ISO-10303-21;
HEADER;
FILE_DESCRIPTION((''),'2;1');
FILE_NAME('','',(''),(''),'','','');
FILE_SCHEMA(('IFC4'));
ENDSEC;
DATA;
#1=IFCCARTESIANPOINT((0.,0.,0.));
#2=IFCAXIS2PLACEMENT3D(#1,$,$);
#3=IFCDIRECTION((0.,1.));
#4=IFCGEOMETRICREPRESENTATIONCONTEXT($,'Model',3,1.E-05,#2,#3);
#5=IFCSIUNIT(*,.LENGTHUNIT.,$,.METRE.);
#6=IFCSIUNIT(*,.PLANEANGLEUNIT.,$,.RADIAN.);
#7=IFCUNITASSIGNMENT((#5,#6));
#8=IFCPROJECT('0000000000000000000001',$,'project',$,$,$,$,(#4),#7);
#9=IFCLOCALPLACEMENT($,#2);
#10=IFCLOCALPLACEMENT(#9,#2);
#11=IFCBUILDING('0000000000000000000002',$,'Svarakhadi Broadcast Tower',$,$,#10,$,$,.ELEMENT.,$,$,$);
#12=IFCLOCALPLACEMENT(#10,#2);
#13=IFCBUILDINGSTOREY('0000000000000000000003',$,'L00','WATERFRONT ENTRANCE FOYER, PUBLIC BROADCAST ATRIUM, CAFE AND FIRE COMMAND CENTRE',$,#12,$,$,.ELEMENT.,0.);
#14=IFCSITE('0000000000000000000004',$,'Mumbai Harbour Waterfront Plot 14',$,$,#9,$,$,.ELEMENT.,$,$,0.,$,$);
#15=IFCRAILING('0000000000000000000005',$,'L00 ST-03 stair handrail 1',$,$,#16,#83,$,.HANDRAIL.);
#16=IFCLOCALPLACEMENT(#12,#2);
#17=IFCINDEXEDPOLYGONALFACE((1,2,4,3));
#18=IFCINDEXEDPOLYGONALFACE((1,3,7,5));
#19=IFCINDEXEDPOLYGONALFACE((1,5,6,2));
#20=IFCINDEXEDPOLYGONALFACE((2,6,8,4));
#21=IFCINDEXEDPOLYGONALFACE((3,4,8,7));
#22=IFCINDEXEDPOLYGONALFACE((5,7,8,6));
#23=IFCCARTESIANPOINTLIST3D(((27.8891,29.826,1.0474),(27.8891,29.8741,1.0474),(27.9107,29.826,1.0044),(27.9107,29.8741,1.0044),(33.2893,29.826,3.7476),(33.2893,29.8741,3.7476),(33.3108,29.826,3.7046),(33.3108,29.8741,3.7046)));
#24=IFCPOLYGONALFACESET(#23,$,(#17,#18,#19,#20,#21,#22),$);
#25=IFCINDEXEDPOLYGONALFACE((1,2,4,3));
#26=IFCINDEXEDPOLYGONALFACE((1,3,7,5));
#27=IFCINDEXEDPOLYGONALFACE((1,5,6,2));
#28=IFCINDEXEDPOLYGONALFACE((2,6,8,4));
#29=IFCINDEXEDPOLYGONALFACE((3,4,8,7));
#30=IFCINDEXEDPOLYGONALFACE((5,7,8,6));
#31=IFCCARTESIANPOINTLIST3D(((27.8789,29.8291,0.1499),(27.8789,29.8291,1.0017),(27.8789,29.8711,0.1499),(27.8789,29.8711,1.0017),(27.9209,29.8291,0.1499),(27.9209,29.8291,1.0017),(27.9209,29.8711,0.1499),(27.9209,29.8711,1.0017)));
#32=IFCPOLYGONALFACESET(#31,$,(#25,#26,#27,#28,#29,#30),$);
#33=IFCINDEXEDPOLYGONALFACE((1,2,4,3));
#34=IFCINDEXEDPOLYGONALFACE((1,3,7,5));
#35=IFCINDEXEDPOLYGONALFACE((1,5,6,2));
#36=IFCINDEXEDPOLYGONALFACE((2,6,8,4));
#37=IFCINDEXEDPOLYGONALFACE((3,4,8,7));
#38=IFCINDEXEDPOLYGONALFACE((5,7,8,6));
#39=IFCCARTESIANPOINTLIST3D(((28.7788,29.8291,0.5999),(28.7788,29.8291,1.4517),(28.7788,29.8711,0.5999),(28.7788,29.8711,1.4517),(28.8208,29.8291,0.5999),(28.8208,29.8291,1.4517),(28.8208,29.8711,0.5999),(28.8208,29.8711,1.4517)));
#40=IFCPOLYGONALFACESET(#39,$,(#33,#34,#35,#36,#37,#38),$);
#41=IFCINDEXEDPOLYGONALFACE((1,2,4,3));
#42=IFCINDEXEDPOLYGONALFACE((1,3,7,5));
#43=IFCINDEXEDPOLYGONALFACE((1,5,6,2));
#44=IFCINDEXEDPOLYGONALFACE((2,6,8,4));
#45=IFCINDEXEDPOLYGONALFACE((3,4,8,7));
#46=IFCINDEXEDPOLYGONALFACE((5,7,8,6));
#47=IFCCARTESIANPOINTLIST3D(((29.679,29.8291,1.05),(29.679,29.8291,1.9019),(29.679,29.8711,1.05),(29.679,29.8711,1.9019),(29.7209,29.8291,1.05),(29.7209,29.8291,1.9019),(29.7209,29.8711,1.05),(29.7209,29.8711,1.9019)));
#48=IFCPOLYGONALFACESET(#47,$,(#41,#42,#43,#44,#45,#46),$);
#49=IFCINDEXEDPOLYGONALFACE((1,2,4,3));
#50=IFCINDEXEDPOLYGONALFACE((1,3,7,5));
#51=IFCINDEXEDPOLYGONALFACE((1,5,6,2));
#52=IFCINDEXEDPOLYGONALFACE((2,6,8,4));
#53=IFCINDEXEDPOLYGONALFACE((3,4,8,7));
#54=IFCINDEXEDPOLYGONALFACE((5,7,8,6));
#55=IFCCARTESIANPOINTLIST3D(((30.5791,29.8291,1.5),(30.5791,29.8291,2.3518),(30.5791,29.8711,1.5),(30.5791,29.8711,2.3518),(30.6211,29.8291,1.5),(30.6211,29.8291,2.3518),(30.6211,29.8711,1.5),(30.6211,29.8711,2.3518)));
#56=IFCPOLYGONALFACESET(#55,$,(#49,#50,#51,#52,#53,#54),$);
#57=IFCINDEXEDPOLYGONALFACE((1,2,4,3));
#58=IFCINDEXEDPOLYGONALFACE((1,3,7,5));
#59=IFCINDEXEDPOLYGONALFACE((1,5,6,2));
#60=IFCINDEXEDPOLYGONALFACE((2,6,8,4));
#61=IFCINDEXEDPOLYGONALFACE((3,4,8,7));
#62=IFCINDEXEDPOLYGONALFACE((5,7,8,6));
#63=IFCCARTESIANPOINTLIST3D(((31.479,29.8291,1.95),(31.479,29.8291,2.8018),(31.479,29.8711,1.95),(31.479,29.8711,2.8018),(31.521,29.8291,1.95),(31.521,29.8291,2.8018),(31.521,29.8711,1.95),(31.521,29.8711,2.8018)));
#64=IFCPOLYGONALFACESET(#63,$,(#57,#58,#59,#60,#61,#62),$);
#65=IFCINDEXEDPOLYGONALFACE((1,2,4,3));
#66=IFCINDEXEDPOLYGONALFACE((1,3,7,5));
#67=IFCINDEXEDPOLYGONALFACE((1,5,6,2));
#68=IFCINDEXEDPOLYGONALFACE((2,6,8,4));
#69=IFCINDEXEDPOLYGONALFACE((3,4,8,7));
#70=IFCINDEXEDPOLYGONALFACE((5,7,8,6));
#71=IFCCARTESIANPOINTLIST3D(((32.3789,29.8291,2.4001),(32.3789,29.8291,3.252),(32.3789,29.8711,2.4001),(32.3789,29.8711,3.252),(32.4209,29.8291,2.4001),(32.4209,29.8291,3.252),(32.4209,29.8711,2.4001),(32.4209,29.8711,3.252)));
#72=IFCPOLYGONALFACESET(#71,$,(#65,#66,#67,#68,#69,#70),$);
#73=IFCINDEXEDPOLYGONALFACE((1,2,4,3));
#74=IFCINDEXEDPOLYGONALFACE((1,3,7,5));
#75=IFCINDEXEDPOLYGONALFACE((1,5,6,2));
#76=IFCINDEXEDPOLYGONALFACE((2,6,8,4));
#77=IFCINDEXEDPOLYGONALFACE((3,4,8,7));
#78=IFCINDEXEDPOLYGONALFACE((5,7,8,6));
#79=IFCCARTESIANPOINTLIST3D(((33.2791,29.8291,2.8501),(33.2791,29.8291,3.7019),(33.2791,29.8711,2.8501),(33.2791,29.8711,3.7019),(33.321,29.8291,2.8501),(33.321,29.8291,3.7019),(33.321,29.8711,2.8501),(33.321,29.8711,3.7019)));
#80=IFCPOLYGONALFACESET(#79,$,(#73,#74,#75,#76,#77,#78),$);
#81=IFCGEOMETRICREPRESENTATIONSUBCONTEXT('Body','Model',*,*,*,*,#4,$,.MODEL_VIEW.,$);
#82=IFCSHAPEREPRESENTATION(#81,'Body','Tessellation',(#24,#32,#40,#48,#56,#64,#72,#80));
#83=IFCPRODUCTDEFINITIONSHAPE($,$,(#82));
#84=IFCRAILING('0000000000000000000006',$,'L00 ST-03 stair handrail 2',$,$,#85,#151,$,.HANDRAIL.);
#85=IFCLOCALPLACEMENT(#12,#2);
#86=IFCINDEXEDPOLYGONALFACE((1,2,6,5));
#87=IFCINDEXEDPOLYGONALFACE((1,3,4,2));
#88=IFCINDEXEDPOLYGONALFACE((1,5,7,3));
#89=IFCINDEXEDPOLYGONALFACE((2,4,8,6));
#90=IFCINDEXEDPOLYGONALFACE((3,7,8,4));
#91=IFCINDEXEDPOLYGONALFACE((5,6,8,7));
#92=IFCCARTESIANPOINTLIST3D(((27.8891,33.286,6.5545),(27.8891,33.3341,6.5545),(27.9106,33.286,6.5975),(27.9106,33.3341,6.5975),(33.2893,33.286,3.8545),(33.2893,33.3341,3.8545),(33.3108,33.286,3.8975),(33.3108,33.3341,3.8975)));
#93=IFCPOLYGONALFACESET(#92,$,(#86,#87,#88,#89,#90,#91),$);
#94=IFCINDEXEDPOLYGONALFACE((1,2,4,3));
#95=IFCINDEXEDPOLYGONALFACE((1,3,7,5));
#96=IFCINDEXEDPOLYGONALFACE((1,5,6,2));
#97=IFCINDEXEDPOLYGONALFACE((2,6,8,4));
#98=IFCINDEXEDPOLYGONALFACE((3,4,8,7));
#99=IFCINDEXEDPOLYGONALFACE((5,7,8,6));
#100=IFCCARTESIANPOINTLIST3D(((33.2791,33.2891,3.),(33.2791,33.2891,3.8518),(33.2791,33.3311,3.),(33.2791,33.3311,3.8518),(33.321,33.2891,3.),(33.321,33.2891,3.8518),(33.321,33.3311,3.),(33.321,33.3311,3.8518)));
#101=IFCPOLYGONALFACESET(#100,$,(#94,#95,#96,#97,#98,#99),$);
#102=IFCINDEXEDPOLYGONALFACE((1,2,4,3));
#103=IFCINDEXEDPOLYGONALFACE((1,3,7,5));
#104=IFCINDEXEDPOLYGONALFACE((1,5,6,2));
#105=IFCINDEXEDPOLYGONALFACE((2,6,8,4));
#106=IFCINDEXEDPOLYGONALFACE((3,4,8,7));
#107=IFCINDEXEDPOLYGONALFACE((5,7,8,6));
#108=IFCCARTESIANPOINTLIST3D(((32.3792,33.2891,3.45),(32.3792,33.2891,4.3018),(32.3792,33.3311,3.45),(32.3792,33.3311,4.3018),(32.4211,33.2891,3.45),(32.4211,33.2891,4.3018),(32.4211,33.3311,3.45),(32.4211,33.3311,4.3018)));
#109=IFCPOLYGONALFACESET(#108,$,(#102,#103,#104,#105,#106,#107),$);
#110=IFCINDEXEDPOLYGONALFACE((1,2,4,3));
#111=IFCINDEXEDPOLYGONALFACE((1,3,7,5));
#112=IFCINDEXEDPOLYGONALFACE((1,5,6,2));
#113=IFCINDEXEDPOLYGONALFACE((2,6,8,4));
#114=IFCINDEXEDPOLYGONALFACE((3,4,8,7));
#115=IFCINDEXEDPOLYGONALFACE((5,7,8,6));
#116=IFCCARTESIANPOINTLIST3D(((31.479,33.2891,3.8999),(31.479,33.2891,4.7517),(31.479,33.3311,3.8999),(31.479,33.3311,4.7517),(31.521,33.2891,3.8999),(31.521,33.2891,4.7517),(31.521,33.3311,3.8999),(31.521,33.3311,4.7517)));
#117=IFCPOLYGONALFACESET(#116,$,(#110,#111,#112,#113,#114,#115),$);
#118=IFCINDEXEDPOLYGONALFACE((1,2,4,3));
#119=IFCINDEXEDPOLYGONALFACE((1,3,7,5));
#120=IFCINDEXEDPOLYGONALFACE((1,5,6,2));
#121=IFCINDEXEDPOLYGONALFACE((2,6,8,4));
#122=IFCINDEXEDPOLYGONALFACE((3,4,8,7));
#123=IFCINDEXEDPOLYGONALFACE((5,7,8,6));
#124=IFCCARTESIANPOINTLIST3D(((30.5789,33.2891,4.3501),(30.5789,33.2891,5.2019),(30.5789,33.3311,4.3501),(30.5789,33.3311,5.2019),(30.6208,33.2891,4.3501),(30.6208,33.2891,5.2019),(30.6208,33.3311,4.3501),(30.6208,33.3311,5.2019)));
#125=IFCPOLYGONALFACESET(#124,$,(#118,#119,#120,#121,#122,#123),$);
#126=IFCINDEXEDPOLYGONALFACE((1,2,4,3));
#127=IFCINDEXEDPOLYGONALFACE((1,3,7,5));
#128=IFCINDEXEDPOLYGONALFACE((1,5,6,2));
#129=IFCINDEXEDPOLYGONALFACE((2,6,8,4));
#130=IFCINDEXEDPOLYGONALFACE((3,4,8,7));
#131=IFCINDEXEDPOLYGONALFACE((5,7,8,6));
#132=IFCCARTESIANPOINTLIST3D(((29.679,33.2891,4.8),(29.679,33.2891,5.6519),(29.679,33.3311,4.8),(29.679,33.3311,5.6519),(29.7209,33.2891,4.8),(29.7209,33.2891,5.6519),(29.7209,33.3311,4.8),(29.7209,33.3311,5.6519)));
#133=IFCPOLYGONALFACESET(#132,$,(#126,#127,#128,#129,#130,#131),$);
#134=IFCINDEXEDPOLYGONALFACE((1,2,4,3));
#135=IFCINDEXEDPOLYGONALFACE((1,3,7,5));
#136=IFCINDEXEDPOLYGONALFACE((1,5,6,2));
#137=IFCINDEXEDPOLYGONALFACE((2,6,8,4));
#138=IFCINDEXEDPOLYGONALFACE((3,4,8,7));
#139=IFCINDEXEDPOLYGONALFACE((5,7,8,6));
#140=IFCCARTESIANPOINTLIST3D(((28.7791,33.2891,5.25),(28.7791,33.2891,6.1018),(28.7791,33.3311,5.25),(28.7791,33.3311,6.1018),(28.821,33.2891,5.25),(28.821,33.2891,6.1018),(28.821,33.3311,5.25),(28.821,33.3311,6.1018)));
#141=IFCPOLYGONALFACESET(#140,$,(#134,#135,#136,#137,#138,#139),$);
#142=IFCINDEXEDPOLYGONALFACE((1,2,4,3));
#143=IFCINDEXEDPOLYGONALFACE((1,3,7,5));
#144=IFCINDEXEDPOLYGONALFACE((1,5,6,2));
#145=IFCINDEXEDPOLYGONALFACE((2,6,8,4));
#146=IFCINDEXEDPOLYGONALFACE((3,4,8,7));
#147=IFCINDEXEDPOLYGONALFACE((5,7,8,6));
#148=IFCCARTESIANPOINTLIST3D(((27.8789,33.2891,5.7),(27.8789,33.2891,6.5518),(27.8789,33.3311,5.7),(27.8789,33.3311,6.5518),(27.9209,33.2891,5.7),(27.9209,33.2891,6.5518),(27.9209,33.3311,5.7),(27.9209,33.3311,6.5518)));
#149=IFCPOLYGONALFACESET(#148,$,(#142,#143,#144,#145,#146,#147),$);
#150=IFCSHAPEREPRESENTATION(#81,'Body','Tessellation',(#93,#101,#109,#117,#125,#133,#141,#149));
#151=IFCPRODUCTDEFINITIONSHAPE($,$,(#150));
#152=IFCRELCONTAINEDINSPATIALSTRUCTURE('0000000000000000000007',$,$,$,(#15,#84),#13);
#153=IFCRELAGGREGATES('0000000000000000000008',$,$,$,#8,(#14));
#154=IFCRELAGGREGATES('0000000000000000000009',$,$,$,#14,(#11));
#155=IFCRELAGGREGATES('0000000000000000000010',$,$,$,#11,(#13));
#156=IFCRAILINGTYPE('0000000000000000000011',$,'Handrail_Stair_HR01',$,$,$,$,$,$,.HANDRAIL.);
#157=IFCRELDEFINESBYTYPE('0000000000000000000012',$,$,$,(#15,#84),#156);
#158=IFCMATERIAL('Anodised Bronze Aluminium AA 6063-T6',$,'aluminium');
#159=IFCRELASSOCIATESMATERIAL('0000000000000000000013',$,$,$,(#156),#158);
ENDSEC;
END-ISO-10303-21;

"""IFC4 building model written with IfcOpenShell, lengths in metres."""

from ifc_helpers import new_model, si_unit, direction, frame, origin, origin_2d, place, context, subcontext, project, spatial, rectangle, extrude, material, type_object, element, save


model = new_model("IFC4")

# Units and contexts
model_context = context("Model", 3, precision=1e-05, world=origin(), true_north=direction((0.0, 1.0)))
body_context = subcontext(model_context, "Body", "Model", "MODEL_VIEW")
ifc_project = project(units=[si_unit("LENGTHUNIT", "METRE"), si_unit("PLANEANGLEUNIT", "RADIAN")], contexts=[model_context])

# Site, building, storey
site_placement = place(None, origin())
site = spatial("IfcSite", under=ifc_project, at=site_placement, Name="Mumbai Harbour Waterfront Plot 14", CompositionType="ELEMENT", RefElevation=0.0)
building_placement = place(site_placement, origin())
building = spatial("IfcBuilding", under=site, at=building_placement, Name="Svarakhadi Broadcast Tower", CompositionType="ELEMENT")
storey_placement = place(building_placement, origin())
storey = spatial("IfcBuildingStorey", under=building, at=storey_placement, Name="L00", Description="WATERFRONT ENTRANCE FOYER, PUBLIC BROADCAST ATRIUM, CAFE AND FIRE COMMAND CENTRE", CompositionType="ELEMENT", Elevation=0.0)

# Shared definitions
ifc_material_1 = material(Name="Anodised Bronze Aluminium AA 6063-T6", Category="aluminium")

# Railings
railing_type_1 = type_object("IfcRailingType", Name="Handrail_Stair_HR01", PredefinedType="HANDRAIL", material=ifc_material_1)
railing_1_placement = place(storey_placement, frame((27.8999, 29.8501, 0.1499)))
element("IfcRailing", 1, at=railing_1_placement, inside=storey, type_object=railing_type_1, Name="L00 ST-03 stair handrail 1", PredefinedType="HANDRAIL", context=body_context, shape_type="SweptSolid", body=[
    extrude(rectangle(XDim=0.0481, YDim=0.0481, at=origin_2d()), frame((0.0, 0.0, 0.876), z_axis=(0.894419, 0.0, 0.44723), x_axis=(0.0, 1.0, 0.0)), (0.0, 0.0, 1.0), 6.0376),
    extrude(rectangle(XDim=0.042, YDim=0.042, at=origin_2d()), origin(), (0.0, 0.0, 1.0), 0.8518),
    extrude(rectangle(XDim=0.042, YDim=0.042, at=origin_2d()), frame((0.8999, 0.0, 0.45)), (0.0, 0.0, 1.0), 0.8518),
    extrude(rectangle(XDim=0.042, YDim=0.042, at=origin_2d()), frame((1.8, 0.0, 0.9001)), (0.0, 0.0, 1.0), 0.8518),
    extrude(rectangle(XDim=0.042, YDim=0.042, at=origin_2d()), frame((2.7002, 0.0, 1.3501)), (0.0, 0.0, 1.0), 0.8518),
    extrude(rectangle(XDim=0.042, YDim=0.042, at=origin_2d()), frame((3.6001, 0.0, 1.8)), (0.0, 0.0, 1.0), 0.8518),
    extrude(rectangle(XDim=0.042, YDim=0.042, at=origin_2d()), frame((4.5, 0.0, 2.2502)), (0.0, 0.0, 1.0), 0.8518),
    extrude(rectangle(XDim=0.042, YDim=0.042, at=origin_2d()), frame((5.4001, 0.0, 2.7002)), (0.0, 0.0, 1.0), 0.8518),
])
railing_2_placement = place(storey_placement, frame((33.3, 33.3101, 3.0)))
element("IfcRailing", 2, at=railing_2_placement, inside=storey, type_object=railing_type_1, Name="L00 ST-03 stair handrail 2", PredefinedType="HANDRAIL", context=body_context, shape_type="SweptSolid", body=[
    extrude(rectangle(XDim=0.0481, YDim=0.0481, at=origin_2d()), frame((0.0, 0.0, 0.876), z_axis=(-0.894435, 0.0, 0.447197), x_axis=(0.0, -1.0, 0.0)), (0.0, 0.0, 1.0), 6.0376),
    extrude(rectangle(XDim=0.042, YDim=0.042, at=origin_2d()), origin(), (0.0, 0.0, 1.0), 0.8518),
    extrude(rectangle(XDim=0.042, YDim=0.042, at=origin_2d()), frame((-0.8999, 0.0, 0.45)), (0.0, 0.0, 1.0), 0.8518),
    extrude(rectangle(XDim=0.042, YDim=0.042, at=origin_2d()), frame((-1.8, 0.0, 0.8999)), (0.0, 0.0, 1.0), 0.8518),
    extrude(rectangle(XDim=0.042, YDim=0.042, at=origin_2d()), frame((-2.7002, 0.0, 1.3501)), (0.0, 0.0, 1.0), 0.8518),
    extrude(rectangle(XDim=0.042, YDim=0.042, at=origin_2d()), frame((-3.6001, 0.0, 1.8)), (0.0, 0.0, 1.0), 0.8518),
    extrude(rectangle(XDim=0.042, YDim=0.042, at=origin_2d()), frame((-4.5, 0.0, 2.25)), (0.0, 0.0, 1.0), 0.8518),
    extrude(rectangle(XDim=0.042, YDim=0.042, at=origin_2d()), frame((-5.4001, 0.0, 2.7)), (0.0, 0.0, 1.0), 0.8518),
])

save(model, "model.ifc")
